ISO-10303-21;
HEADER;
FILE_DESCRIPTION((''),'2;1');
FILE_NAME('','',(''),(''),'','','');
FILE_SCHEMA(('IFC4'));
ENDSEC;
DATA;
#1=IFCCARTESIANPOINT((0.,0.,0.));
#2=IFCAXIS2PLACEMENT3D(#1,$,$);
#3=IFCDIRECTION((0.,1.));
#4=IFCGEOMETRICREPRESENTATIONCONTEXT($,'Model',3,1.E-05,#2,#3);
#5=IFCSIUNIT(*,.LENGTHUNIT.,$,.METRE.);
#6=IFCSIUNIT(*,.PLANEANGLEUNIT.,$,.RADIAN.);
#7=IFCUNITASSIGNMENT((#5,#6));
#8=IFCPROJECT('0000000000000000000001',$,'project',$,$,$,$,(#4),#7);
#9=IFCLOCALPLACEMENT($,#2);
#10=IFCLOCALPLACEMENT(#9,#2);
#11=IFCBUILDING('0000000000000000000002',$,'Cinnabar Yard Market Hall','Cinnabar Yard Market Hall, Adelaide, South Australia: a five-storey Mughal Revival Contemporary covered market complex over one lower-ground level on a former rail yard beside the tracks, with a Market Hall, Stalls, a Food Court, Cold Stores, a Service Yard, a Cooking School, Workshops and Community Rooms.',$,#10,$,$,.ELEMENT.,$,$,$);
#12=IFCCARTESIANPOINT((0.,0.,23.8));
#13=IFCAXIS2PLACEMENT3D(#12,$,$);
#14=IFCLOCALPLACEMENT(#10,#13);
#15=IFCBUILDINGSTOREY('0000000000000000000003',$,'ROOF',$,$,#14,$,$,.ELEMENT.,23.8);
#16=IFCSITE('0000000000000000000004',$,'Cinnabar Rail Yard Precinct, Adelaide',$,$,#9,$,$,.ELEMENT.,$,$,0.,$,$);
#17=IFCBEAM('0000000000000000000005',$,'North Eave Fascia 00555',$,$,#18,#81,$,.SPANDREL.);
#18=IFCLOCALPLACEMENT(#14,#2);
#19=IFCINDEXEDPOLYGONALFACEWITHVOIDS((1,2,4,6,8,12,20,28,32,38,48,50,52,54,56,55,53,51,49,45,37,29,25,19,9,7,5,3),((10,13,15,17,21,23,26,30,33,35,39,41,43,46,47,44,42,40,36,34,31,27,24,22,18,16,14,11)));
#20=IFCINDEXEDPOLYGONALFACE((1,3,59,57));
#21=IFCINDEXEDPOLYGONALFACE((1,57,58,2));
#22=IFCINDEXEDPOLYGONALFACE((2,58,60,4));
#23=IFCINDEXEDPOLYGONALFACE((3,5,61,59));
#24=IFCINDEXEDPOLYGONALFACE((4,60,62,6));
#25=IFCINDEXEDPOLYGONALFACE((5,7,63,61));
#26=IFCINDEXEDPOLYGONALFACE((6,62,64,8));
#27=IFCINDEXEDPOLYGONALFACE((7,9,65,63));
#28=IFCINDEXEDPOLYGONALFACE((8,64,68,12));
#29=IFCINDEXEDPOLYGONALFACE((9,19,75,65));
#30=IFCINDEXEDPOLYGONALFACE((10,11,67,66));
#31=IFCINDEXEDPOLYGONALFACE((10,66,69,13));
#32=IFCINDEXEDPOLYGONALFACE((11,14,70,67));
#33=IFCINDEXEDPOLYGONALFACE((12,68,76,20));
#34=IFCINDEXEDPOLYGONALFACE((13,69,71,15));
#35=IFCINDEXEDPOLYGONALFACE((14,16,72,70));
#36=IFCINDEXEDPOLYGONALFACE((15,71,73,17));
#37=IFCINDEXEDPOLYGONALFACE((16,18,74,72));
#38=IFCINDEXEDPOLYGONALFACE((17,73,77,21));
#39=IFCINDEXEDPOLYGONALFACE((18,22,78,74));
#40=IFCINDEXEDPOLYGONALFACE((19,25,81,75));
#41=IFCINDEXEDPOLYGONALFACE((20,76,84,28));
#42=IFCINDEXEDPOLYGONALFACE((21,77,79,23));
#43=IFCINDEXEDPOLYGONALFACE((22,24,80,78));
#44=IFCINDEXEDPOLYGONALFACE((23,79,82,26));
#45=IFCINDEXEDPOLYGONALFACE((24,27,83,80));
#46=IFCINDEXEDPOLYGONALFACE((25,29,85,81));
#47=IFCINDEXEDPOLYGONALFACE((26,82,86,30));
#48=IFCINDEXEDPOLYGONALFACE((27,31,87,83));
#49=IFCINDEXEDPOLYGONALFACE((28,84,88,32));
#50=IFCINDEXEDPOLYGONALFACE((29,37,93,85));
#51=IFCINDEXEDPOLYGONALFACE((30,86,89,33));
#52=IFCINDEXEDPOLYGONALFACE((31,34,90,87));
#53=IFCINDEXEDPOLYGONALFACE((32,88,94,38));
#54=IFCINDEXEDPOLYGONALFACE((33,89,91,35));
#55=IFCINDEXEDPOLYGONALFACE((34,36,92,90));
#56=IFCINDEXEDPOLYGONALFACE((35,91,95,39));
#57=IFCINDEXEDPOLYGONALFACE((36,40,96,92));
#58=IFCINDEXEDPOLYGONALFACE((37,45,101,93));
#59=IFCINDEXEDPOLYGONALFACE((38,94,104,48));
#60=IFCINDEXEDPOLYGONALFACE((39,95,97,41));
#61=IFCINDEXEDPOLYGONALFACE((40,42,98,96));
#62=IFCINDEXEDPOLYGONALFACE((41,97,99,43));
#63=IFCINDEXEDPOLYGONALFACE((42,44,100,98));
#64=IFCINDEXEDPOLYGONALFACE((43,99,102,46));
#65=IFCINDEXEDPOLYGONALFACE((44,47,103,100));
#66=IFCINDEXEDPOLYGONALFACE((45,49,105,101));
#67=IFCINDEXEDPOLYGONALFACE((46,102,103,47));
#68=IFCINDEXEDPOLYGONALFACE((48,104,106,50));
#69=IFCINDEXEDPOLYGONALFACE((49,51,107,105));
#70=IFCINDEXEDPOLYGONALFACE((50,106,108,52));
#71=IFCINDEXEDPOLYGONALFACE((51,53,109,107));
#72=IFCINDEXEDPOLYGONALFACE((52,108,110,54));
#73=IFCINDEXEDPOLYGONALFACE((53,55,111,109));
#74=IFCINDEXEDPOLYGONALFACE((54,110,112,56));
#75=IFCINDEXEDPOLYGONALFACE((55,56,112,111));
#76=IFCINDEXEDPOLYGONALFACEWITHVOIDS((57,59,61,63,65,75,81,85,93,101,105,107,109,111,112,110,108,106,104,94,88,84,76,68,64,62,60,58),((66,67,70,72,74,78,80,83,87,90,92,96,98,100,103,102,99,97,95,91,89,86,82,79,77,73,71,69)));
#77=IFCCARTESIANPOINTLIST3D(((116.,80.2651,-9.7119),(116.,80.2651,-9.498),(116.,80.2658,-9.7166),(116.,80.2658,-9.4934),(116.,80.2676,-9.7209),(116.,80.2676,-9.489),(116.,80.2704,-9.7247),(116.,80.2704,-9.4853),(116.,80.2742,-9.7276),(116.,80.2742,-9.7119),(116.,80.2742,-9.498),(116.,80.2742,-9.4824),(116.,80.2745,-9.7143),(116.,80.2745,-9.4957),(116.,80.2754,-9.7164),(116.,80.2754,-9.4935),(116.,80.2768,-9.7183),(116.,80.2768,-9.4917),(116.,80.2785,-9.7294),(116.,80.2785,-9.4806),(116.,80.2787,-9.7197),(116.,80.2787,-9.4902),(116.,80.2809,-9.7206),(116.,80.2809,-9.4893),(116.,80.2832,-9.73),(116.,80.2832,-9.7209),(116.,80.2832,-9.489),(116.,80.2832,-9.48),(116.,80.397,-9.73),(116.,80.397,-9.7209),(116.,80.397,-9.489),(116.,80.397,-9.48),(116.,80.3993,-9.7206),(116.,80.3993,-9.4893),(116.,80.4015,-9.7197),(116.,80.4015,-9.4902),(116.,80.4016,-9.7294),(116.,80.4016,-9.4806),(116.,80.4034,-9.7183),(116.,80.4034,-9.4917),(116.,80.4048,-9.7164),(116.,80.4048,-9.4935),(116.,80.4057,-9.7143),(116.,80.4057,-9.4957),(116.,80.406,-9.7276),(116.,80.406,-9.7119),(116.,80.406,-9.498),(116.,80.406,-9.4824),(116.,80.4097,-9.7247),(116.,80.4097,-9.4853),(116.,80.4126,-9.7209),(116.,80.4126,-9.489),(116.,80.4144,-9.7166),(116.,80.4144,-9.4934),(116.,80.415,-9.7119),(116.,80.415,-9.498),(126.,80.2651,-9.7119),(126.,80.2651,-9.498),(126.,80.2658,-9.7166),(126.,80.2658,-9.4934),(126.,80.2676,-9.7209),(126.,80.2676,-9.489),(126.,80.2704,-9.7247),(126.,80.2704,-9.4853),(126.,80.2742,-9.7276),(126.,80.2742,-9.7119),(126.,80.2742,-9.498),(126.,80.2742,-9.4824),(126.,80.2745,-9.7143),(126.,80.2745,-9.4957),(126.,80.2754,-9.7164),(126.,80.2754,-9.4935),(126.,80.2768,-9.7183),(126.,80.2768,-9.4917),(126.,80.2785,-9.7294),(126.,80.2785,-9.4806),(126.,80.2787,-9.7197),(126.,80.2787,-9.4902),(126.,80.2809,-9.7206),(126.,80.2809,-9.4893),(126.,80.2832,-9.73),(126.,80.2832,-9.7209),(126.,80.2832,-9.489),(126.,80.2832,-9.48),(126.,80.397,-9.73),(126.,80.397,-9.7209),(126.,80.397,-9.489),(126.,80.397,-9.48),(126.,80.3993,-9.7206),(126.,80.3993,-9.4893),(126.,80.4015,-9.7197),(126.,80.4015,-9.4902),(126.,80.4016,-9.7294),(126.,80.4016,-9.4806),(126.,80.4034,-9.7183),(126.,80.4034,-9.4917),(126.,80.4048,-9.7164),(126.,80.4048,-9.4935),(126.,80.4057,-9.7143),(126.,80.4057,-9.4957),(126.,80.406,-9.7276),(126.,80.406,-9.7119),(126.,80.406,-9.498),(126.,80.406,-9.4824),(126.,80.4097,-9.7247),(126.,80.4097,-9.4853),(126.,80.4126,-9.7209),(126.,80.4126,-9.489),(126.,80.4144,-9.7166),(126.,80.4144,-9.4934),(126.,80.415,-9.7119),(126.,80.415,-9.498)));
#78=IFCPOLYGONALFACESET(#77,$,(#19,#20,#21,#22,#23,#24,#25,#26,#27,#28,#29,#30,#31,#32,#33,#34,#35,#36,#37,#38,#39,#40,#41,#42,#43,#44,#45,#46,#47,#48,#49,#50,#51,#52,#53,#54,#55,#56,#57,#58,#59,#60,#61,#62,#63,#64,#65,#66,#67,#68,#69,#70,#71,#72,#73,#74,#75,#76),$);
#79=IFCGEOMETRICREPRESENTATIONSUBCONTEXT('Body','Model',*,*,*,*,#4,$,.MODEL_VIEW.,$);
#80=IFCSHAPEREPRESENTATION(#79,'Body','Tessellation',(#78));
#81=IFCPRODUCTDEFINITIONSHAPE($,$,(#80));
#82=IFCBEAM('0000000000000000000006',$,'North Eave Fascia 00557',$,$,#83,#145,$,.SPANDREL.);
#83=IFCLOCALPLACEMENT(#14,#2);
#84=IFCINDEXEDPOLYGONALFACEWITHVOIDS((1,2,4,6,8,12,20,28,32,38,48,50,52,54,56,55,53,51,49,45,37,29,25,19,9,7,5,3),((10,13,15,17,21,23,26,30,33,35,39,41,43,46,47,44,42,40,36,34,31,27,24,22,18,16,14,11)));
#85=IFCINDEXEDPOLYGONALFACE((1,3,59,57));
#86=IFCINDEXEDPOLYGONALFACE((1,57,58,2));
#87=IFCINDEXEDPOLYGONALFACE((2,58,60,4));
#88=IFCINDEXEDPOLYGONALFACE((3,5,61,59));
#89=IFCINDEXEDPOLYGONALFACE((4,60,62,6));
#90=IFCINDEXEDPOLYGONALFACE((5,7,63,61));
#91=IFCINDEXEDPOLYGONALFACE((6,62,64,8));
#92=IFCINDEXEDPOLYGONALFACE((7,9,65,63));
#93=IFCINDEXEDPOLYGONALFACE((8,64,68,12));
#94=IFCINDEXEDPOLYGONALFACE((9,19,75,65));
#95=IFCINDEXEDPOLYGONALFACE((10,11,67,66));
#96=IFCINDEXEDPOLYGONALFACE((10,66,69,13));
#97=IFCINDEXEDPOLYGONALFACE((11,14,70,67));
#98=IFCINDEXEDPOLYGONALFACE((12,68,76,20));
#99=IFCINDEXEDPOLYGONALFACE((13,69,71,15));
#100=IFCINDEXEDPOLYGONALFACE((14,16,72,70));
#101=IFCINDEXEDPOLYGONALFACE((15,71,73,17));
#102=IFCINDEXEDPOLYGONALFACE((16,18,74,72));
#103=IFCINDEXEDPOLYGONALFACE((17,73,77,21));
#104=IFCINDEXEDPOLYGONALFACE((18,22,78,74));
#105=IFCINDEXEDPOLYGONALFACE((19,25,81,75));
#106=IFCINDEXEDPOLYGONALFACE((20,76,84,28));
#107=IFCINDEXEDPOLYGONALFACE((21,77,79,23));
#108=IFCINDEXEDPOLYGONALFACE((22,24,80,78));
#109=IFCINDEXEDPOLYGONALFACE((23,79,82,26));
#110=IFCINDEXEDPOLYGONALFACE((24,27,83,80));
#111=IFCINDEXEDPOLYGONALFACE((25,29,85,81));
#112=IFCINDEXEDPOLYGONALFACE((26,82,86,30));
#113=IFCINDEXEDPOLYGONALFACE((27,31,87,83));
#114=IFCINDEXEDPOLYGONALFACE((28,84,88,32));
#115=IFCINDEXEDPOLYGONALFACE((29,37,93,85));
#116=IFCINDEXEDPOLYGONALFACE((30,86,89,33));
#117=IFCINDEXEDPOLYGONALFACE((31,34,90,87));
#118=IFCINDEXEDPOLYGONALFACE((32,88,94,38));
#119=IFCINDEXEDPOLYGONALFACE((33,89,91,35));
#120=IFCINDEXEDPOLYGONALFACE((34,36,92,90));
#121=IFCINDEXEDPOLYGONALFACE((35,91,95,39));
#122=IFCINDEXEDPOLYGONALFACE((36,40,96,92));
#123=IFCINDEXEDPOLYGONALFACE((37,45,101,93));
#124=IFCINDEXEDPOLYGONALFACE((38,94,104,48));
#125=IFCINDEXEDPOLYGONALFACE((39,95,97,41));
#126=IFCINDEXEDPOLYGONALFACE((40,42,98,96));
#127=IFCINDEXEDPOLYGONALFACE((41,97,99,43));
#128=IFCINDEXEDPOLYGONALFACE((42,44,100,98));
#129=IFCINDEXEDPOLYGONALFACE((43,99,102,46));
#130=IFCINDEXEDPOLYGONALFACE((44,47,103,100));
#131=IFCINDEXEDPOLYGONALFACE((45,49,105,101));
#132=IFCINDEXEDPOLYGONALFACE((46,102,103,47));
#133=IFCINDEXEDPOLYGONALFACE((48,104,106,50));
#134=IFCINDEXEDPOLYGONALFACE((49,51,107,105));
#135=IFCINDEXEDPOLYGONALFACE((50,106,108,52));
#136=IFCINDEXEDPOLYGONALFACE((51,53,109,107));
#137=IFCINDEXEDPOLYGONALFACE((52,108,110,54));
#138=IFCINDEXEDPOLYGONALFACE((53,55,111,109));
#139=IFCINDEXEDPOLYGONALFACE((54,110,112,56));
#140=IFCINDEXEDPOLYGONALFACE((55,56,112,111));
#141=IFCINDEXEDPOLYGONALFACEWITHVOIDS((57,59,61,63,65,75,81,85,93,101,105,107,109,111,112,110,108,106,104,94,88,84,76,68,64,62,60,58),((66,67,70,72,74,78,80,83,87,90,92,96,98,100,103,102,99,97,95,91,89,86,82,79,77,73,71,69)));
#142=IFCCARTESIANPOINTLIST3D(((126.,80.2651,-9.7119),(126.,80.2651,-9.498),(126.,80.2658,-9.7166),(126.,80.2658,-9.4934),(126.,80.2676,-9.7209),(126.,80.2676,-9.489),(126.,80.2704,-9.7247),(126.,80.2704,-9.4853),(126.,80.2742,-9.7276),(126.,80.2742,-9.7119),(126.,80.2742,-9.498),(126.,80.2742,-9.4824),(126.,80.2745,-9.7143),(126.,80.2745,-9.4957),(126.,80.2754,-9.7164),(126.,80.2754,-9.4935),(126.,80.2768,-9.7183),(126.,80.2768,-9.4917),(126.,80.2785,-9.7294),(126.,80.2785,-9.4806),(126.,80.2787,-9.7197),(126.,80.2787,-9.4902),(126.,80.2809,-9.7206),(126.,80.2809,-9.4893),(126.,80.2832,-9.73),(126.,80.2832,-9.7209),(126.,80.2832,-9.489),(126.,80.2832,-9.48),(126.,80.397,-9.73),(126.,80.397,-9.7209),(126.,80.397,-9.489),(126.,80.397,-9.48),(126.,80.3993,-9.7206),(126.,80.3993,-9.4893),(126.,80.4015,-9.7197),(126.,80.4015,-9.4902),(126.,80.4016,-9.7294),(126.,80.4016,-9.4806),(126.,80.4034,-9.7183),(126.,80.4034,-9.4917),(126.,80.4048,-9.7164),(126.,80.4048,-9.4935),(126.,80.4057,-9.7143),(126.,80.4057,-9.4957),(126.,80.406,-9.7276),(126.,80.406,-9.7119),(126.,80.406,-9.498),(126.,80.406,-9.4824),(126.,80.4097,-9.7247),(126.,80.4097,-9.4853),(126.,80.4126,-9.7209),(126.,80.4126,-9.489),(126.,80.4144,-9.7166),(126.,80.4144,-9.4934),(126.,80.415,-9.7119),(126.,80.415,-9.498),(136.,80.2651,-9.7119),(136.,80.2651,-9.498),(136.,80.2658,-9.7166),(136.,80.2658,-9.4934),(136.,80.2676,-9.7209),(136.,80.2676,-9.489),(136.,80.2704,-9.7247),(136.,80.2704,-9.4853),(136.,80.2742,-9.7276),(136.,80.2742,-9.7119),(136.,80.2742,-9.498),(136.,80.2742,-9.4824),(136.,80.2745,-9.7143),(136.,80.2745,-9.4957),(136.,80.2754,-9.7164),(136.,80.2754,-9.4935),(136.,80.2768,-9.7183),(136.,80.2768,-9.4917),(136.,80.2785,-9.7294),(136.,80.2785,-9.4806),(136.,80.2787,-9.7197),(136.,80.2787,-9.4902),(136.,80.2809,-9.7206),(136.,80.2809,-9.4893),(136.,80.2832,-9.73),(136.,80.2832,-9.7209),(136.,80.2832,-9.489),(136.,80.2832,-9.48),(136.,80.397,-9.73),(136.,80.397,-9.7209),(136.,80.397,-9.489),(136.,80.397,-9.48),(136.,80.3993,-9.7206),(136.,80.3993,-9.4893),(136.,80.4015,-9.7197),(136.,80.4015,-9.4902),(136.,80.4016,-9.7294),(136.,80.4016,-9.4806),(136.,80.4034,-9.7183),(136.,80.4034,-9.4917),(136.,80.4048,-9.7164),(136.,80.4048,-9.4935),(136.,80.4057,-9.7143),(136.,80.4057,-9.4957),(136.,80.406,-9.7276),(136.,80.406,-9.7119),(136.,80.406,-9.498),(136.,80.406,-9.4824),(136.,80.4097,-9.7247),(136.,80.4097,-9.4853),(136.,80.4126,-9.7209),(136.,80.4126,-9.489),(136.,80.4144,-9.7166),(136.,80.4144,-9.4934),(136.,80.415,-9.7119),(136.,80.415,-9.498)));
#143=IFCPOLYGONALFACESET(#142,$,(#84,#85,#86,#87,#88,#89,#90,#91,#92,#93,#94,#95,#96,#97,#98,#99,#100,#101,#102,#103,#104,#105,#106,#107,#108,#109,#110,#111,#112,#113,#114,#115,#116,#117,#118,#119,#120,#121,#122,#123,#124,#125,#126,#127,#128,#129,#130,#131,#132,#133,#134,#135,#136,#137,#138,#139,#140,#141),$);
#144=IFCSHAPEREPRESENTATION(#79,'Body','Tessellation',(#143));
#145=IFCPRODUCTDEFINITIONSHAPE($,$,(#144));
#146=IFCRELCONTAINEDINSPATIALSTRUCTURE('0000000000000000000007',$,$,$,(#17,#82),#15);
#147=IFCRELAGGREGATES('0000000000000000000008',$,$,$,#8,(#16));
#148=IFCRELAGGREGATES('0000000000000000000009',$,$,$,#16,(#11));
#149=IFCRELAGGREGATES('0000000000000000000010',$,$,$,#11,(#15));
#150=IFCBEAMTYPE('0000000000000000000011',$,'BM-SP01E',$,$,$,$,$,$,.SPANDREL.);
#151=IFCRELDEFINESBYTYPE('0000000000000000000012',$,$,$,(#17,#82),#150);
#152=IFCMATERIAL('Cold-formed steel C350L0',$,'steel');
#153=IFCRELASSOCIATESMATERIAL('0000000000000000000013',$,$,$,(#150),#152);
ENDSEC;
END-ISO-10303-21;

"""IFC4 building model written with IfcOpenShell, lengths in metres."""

from ifc_helpers import new_model, si_unit, direction, frame, origin, origin_2d_with_axis, place, context, subcontext, project, spatial, hollow_rectangle, extrude, material, material_profile, profile_set, type_object, element, save


model = new_model("IFC4")

# Units and contexts
model_context = context("Model", 3, precision=1e-05, world=origin(), true_north=direction((0.0, 1.0)))
body_context = subcontext(model_context, "Body", "Model", "MODEL_VIEW")
ifc_project = project(units=[si_unit("LENGTHUNIT", "METRE"), si_unit("PLANEANGLEUNIT", "RADIAN")], contexts=[model_context])

# Site, building, storey
site_placement = place(None, origin())
site = spatial("IfcSite", under=ifc_project, at=site_placement, Name="Cinnabar Rail Yard Precinct, Adelaide", CompositionType="ELEMENT", RefElevation=0.0)
building_placement = place(site_placement, origin())
building = spatial("IfcBuilding", under=site, at=building_placement, Name="Cinnabar Yard Market Hall", Description="Cinnabar Yard Market Hall, Adelaide, South Australia: a five-storey Mughal Revival Contemporary covered market complex over one lower-ground level on a former rail yard beside the tracks, with a Market Hall, Stalls, a Food Court, Cold Stores, a Service Yard, a Cooking School, Workshops and Community Rooms.", CompositionType="ELEMENT")
storey_placement = place(building_placement, frame((0.0, 0.0, 23.8)))
storey = spatial("IfcBuildingStorey", under=building, at=storey_placement, Name="ROOF", CompositionType="ELEMENT", Elevation=23.8)

# Beams
ifc_material_1 = material(Name="Cold-formed steel C350L0", Category="steel")
ifc_material_profile_1 = material_profile(ifc_material_1, hollow_rectangle(XDim=0.1499, YDim=0.25, WallThickness=0.009, InnerFilletRadius=0.009, OuterFilletRadius=0.0181, at=origin_2d_with_axis()), Name="250x150x9.0RHS")
ifc_profile_set_1 = profile_set([ifc_material_profile_1], Name="Cold-formed steel C350L0")
beam_type_1 = type_object("IfcBeamType", Name="BM-SP01E", PredefinedType="SPANDREL", material=ifc_profile_set_1)
for number, where, z_axis, x_axis, name in (
    (1, (116.0, 80.3401, -9.605), (1.0, 0.0, 0.0), (0.0, 1.0, 0.0), "North Eave Fascia 00555"),
    (2, (126.0, 80.3401, -9.605), (1.0, 0.0, 0.0), (0.0, 1.0, 0.0), "North Eave Fascia 00557"),
):
    element("IfcBeam", number, at=place(storey_placement, frame(where, z_axis=z_axis, x_axis=x_axis)), inside=storey, type_object=beam_type_1, Name=name, PredefinedType="SPANDREL", context=body_context, shape_type="SweptSolid", body=[
        extrude(hollow_rectangle(XDim=0.1499, YDim=0.25, WallThickness=0.009, InnerFilletRadius=0.009, OuterFilletRadius=0.0181, at=origin_2d_with_axis()), origin(), (0.0, 0.0, 1.0), 10.0),
    ])

save(model, "model.ifc")
